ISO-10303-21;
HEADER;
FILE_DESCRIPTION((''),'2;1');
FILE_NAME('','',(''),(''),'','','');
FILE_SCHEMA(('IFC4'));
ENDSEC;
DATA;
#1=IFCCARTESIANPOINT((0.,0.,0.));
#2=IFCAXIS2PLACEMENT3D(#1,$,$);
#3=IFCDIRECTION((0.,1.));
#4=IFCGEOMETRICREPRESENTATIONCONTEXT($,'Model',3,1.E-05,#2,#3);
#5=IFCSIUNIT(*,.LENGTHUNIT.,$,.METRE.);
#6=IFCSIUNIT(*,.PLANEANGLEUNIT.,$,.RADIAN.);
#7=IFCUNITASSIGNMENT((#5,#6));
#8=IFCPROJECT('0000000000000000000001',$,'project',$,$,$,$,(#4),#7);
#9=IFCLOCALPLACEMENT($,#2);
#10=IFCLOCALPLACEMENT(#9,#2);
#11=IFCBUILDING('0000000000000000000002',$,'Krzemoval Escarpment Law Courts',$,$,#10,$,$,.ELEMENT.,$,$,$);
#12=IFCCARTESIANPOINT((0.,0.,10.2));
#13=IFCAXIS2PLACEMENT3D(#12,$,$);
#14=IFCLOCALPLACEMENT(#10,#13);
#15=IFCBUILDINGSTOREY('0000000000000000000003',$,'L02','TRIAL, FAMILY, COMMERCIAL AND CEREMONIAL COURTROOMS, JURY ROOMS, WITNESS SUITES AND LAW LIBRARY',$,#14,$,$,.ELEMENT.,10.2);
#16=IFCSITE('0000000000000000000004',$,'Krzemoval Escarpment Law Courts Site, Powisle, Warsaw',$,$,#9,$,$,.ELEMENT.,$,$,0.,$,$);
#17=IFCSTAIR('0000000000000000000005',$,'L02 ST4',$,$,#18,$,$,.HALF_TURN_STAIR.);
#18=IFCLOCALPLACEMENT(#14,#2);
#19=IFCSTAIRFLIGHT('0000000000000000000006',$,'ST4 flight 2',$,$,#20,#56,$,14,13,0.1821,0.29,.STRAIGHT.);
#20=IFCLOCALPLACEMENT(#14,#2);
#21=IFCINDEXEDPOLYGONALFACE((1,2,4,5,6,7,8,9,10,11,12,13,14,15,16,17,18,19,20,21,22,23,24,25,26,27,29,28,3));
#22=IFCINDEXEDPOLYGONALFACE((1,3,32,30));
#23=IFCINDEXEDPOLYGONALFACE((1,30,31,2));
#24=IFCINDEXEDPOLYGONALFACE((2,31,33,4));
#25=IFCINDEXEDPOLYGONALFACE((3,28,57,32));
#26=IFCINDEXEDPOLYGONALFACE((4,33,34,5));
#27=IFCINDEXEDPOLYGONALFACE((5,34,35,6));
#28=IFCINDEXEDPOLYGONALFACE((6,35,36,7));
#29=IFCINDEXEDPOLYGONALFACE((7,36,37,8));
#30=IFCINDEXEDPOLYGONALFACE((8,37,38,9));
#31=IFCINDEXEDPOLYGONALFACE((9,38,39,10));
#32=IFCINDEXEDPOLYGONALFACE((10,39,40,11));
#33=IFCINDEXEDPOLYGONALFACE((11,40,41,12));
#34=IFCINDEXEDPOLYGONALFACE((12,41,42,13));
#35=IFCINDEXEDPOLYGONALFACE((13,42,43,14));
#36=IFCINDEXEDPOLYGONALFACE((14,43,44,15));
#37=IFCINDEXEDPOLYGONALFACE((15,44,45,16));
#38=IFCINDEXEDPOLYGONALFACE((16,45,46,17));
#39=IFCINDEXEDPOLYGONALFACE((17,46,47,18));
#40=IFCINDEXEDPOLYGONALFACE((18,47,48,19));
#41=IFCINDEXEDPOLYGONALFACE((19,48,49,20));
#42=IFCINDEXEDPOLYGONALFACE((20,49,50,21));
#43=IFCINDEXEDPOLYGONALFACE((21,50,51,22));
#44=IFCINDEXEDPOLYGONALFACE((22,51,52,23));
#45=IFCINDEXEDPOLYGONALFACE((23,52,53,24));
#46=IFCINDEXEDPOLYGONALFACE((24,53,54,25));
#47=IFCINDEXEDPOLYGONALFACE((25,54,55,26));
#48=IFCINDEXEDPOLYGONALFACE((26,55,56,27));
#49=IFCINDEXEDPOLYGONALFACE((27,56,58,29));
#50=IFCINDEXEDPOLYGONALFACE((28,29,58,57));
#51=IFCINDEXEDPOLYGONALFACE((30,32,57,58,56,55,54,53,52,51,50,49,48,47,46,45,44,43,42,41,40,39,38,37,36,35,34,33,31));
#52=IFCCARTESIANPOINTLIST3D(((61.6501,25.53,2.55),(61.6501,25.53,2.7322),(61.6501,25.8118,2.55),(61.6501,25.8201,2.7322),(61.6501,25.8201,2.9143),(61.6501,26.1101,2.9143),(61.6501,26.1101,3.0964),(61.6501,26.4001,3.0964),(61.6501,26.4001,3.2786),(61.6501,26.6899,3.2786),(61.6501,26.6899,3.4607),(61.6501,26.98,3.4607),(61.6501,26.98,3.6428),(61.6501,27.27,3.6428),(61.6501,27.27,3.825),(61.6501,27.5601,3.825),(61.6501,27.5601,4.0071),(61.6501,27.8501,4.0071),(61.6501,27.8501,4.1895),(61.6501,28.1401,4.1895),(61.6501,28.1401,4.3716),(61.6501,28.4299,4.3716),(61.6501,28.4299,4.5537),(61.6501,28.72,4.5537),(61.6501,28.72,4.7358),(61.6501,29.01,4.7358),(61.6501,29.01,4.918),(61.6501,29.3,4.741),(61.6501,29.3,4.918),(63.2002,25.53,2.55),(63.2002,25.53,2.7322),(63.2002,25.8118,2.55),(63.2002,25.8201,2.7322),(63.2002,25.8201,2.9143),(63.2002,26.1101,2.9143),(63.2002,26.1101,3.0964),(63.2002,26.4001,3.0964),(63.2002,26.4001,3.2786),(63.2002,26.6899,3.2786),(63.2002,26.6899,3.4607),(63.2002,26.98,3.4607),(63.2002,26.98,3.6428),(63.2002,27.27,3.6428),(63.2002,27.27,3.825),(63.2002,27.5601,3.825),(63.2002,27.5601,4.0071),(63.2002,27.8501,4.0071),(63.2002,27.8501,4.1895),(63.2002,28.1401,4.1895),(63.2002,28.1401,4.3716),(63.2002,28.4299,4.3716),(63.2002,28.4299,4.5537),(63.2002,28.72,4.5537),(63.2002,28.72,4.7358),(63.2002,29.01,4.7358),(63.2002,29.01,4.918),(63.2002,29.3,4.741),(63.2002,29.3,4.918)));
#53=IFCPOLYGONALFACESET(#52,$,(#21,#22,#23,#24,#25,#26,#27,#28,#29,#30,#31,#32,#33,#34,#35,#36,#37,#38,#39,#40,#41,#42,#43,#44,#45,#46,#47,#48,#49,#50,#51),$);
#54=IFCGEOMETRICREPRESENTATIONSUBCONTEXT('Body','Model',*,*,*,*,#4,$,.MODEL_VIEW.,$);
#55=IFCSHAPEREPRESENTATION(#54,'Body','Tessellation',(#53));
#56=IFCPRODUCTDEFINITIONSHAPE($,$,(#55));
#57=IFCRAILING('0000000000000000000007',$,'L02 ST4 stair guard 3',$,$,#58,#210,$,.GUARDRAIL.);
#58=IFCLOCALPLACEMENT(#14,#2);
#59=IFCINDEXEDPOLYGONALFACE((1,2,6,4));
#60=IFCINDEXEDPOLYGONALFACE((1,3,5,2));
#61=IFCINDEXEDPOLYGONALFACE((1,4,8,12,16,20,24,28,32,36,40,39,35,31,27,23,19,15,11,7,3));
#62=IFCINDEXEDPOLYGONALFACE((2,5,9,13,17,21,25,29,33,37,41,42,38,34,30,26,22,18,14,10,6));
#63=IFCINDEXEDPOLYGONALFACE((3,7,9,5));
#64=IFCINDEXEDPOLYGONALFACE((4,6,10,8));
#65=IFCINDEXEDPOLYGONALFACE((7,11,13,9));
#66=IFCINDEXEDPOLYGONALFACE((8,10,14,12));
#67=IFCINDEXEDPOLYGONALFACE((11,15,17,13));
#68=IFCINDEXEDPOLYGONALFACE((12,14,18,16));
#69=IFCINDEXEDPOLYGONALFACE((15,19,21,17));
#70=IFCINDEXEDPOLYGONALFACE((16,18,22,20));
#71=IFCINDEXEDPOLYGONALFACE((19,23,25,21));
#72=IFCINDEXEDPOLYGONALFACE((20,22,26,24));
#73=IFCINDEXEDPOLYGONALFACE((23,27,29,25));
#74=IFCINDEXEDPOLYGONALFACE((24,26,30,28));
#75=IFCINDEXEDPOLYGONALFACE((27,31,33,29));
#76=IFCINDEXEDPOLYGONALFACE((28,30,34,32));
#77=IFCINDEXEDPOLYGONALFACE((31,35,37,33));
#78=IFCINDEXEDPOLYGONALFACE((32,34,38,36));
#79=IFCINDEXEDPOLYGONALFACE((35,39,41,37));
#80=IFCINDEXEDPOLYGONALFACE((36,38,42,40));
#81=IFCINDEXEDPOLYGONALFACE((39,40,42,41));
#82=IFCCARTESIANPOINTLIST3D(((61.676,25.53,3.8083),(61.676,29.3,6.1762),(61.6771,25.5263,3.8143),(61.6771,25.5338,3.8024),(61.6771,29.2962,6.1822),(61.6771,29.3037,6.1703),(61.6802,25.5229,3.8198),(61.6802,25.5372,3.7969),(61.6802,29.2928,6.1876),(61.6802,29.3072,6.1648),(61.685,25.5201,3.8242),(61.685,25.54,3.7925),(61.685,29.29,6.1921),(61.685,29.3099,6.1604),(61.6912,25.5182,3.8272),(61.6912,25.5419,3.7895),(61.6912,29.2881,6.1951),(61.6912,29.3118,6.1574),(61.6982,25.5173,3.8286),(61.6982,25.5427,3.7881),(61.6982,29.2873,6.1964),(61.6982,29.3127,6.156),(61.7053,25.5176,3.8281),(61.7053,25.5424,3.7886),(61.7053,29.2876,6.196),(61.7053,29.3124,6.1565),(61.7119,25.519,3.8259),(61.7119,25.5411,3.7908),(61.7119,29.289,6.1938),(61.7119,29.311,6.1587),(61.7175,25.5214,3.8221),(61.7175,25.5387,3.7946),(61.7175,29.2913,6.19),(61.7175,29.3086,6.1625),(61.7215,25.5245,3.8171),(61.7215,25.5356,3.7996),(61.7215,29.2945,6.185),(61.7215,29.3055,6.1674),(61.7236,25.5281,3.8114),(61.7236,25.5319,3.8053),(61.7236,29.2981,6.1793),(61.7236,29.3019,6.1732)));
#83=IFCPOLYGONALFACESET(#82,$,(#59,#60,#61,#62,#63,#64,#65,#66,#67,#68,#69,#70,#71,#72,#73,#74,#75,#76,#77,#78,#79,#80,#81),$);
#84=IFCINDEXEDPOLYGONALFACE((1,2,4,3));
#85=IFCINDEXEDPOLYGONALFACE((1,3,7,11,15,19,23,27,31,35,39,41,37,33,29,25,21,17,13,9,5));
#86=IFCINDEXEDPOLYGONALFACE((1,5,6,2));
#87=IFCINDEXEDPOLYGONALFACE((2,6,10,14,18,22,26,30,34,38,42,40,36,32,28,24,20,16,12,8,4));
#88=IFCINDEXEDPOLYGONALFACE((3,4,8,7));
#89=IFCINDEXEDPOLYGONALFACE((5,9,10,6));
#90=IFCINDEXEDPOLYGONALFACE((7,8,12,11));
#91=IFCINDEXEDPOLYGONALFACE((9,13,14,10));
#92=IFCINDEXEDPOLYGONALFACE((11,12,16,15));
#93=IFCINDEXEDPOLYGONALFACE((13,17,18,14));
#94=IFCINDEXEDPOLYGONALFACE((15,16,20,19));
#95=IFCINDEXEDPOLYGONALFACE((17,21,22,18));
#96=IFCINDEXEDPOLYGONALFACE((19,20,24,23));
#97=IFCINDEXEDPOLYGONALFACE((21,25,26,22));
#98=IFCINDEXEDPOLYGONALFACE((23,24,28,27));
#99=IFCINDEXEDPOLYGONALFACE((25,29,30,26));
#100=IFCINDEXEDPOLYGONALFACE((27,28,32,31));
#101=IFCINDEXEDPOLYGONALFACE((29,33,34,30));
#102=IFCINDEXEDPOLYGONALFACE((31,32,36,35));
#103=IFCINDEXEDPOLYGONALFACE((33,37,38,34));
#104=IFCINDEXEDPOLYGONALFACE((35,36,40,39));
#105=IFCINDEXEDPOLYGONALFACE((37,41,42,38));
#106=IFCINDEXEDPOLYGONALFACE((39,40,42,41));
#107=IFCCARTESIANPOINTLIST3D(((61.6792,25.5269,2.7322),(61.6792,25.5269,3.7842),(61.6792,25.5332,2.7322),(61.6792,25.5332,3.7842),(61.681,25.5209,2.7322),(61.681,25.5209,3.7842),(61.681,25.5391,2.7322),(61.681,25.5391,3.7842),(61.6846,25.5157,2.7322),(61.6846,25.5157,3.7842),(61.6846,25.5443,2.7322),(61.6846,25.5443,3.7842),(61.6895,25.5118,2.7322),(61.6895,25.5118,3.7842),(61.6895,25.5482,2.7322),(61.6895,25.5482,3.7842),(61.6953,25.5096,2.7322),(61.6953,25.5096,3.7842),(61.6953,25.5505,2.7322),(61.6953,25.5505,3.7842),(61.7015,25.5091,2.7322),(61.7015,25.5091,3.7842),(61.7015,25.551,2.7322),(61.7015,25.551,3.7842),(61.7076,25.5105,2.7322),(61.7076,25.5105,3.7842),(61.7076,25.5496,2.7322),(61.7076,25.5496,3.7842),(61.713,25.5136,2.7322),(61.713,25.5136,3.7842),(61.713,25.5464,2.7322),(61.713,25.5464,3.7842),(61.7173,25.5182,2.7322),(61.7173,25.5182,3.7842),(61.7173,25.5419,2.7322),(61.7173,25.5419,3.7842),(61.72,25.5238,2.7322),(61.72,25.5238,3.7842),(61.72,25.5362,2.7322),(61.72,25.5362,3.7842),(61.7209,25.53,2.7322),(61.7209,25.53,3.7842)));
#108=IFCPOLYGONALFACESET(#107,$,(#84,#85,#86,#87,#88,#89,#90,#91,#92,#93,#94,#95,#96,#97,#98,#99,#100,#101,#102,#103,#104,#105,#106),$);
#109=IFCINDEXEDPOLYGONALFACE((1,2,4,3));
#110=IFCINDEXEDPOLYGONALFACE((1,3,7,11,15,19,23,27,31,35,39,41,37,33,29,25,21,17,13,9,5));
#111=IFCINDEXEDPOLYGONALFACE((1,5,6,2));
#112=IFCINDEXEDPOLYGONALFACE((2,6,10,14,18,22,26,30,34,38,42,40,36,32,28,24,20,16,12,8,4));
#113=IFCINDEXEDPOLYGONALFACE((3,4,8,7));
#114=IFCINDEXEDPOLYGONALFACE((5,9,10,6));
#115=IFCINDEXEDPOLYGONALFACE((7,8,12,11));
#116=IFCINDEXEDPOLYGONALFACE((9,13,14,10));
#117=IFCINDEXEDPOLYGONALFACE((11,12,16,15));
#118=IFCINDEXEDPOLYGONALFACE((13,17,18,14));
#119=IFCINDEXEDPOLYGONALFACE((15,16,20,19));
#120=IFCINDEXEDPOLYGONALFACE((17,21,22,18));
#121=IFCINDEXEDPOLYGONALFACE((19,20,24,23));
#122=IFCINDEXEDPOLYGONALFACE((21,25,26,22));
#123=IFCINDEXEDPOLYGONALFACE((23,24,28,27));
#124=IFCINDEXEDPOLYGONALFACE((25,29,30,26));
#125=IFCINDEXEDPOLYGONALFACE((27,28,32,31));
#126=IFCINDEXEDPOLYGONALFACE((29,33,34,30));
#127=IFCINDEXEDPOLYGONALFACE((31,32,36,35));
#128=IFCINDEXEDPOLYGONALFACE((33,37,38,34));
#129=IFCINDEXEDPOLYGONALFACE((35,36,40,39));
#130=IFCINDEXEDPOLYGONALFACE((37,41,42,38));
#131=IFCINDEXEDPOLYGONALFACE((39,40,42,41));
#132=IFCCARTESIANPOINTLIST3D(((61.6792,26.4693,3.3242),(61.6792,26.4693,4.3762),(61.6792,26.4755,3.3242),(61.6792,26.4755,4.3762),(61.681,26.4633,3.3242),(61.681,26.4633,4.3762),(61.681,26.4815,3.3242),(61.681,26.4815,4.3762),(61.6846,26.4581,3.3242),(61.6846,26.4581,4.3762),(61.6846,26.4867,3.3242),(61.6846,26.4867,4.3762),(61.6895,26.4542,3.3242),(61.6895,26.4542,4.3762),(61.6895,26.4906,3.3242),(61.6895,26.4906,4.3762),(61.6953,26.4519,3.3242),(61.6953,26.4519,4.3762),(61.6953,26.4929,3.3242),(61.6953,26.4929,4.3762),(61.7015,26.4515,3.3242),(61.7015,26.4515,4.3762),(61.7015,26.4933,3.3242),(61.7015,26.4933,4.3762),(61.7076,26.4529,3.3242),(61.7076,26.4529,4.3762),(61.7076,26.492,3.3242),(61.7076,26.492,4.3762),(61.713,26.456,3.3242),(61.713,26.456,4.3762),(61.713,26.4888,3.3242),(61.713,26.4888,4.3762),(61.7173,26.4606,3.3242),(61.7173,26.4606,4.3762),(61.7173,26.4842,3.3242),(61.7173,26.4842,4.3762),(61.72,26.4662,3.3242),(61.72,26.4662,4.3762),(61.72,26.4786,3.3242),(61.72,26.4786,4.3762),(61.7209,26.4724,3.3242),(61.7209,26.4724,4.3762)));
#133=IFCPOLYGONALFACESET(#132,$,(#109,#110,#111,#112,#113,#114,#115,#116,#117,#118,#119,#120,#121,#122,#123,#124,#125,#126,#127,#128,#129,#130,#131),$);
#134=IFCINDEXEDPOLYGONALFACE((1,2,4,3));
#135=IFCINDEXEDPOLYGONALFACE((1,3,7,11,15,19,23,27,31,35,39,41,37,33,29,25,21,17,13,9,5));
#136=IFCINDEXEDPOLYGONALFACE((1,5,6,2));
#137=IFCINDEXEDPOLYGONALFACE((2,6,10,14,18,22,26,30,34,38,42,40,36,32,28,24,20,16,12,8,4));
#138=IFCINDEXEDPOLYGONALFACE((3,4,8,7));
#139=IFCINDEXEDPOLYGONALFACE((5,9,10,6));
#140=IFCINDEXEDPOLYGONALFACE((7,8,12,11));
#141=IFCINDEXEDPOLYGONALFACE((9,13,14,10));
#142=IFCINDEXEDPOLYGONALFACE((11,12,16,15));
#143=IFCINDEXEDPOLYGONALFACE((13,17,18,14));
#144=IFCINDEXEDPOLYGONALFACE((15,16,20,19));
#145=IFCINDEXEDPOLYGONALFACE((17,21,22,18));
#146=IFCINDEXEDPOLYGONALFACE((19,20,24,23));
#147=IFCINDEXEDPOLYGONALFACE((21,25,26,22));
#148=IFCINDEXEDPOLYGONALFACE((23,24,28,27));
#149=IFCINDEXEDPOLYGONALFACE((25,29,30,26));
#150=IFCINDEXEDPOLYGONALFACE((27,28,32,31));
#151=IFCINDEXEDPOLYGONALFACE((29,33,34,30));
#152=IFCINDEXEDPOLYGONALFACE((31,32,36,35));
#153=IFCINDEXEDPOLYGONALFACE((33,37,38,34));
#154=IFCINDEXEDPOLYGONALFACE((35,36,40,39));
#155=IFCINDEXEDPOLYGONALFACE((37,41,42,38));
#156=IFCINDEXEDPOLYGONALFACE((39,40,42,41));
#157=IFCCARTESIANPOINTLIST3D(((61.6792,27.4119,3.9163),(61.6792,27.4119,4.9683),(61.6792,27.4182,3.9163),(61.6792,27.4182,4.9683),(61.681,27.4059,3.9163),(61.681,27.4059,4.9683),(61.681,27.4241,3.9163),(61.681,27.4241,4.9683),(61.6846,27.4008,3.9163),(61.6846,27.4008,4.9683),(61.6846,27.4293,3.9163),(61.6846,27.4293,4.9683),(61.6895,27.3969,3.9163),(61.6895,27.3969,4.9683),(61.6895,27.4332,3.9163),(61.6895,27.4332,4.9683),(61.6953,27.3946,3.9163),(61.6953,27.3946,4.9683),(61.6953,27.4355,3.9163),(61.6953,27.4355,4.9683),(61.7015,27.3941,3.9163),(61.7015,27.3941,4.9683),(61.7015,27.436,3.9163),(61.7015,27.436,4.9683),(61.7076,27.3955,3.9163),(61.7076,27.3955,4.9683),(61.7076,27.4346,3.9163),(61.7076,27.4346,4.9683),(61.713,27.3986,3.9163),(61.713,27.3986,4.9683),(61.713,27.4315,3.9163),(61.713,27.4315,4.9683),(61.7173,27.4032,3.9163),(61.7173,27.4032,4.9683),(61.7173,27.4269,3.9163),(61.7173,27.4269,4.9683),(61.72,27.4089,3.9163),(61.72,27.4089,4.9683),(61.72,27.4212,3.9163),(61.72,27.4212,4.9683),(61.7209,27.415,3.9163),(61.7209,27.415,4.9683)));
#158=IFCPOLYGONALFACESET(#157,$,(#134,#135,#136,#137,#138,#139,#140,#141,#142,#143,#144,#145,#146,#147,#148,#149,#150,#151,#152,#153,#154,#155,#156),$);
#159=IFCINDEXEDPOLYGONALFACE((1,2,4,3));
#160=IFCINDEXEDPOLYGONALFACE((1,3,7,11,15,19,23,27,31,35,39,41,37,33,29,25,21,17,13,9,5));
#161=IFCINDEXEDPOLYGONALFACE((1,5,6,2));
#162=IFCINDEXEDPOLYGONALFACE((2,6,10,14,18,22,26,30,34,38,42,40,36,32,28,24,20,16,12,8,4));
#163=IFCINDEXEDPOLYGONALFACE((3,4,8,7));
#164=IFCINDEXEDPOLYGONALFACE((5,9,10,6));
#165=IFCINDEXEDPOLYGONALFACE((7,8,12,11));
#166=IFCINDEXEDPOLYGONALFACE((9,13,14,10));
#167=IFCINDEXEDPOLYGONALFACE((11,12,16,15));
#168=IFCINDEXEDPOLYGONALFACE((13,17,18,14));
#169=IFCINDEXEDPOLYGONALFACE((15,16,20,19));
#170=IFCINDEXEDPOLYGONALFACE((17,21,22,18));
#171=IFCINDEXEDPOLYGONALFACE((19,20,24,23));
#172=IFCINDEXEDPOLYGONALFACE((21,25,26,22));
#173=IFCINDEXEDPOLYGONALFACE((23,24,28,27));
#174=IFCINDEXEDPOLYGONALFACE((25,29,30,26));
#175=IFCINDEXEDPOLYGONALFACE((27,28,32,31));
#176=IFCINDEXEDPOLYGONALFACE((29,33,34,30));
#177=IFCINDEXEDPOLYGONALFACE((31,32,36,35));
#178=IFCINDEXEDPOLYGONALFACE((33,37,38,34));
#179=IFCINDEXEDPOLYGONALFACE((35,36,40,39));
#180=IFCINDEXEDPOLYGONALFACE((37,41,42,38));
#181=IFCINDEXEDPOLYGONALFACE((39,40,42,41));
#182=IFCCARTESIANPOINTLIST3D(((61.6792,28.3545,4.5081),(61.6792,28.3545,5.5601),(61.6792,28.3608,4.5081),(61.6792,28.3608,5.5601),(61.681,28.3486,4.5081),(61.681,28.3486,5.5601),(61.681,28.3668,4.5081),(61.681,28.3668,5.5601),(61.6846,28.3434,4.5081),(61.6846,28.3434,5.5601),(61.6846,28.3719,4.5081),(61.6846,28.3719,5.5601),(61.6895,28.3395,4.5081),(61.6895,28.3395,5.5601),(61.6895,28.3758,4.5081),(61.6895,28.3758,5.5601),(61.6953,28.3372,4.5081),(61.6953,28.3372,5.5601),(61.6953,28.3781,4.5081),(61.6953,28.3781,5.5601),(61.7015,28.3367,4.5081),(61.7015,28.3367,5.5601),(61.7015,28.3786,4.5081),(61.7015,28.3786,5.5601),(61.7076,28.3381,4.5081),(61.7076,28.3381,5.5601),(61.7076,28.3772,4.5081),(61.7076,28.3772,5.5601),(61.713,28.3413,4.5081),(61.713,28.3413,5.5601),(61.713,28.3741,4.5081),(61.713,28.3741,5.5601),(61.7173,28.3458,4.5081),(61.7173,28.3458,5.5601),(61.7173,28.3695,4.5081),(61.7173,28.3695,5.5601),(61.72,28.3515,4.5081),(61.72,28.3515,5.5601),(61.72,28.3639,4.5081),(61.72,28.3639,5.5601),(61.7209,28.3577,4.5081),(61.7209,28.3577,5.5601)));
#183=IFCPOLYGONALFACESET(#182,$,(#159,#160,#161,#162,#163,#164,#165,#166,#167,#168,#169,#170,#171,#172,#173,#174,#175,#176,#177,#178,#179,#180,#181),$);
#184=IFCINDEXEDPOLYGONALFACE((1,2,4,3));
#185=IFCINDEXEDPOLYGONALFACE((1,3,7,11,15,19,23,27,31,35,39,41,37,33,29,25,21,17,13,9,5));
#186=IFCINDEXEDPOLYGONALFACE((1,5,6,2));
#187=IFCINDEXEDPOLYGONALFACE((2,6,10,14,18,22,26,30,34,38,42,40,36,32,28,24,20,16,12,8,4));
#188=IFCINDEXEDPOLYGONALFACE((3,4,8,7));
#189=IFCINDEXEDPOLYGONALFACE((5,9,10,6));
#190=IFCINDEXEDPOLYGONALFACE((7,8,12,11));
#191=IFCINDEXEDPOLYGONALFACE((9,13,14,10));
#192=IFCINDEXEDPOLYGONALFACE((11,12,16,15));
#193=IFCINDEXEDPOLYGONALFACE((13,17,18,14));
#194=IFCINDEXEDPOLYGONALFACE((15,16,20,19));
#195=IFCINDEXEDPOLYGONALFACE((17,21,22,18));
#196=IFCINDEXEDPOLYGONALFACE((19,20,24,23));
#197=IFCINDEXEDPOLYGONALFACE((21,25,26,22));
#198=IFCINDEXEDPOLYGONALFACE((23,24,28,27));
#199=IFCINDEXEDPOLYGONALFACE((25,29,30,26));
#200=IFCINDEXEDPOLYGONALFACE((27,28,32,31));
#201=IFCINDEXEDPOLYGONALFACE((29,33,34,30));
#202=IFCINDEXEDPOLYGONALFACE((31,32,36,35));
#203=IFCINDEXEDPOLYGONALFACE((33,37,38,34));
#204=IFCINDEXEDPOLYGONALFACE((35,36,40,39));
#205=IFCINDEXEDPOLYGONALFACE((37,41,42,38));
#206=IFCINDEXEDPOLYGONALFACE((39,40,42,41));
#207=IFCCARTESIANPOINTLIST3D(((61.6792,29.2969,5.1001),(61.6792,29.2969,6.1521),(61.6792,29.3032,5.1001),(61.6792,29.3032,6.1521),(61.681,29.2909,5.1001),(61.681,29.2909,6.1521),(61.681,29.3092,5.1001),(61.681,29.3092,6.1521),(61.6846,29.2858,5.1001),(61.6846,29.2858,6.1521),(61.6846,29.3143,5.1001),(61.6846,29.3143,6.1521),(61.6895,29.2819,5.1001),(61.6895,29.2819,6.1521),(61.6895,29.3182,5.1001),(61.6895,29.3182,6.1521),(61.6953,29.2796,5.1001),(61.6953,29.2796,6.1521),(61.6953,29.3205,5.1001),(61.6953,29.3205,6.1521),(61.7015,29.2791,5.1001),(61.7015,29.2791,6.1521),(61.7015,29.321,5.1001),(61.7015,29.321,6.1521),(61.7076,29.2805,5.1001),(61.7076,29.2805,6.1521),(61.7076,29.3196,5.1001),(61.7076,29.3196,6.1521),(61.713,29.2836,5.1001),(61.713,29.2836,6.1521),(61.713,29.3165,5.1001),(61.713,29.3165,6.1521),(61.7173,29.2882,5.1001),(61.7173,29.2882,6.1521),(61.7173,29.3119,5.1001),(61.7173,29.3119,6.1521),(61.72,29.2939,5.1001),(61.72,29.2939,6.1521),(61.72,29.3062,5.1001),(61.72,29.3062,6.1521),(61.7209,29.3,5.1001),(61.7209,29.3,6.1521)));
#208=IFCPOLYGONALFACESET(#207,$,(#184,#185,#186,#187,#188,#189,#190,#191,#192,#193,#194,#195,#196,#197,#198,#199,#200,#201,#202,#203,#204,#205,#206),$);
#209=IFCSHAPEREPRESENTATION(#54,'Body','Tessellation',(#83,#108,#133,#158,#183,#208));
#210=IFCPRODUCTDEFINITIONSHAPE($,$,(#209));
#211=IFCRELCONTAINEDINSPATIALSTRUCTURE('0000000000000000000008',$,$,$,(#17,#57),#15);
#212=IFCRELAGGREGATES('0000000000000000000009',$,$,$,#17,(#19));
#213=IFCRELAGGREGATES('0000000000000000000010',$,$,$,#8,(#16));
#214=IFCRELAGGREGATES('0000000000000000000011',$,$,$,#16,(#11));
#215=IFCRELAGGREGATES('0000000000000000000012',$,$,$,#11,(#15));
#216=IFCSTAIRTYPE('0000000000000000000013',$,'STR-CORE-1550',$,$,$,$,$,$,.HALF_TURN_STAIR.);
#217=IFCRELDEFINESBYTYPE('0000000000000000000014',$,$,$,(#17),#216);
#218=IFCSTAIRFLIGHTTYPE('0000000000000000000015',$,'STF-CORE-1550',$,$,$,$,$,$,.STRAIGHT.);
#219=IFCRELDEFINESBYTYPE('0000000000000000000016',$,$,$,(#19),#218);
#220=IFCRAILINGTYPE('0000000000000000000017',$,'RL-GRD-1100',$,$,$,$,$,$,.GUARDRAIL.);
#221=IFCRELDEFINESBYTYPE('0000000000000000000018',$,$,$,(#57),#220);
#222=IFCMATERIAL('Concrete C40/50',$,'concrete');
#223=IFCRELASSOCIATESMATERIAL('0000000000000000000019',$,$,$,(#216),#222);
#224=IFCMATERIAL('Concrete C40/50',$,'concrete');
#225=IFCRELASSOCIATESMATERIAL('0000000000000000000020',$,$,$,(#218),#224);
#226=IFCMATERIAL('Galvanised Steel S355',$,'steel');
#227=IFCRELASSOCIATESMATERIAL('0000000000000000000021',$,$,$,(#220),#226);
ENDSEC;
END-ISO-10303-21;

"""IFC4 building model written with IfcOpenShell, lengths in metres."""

from ifc_helpers import new_model, si_unit, direction, frame, origin, origin_2d, place, context, subcontext, project, spatial, polyline, circle, outline, extrude, material, type_object, element, aggregate, save


model = new_model("IFC4")

# Units and contexts
model_context = context("Model", 3, precision=1e-05, world=origin(), true_north=direction((0.0, 1.0)))
body_context = subcontext(model_context, "Body", "Model", "MODEL_VIEW")
ifc_project = project(units=[si_unit("LENGTHUNIT", "METRE"), si_unit("PLANEANGLEUNIT", "RADIAN")], contexts=[model_context])

# Site, building, storey
site_placement = place(None, origin())
site = spatial("IfcSite", under=ifc_project, at=site_placement, Name="Krzemoval Escarpment Law Courts Site, Powisle, Warsaw", CompositionType="ELEMENT", RefElevation=0.0)
building_placement = place(site_placement, origin())
building = spatial("IfcBuilding", under=site, at=building_placement, Name="Krzemoval Escarpment Law Courts", CompositionType="ELEMENT")
storey_placement = place(building_placement, frame((0.0, 0.0, 10.2)))
storey = spatial("IfcBuildingStorey", under=building, at=storey_placement, Name="L02", Description="TRIAL, FAMILY, COMMERCIAL AND CEREMONIAL COURTROOMS, JURY ROOMS, WITNESS SUITES AND LAW LIBRARY", CompositionType="ELEMENT", Elevation=10.2)

# Stair, stair flight
ifc_material_1 = material(Name="Concrete C40/50", Category="concrete")
stair_type = type_object("IfcStairType", Name="STR-CORE-1550", PredefinedType="HALF_TURN_STAIR", material=ifc_material_1)
stair_placement = place(storey_placement, origin())
stair = element("IfcStair", 1, at=stair_placement, inside=storey, type_object=stair_type, Name="L02 ST4", PredefinedType="HALF_TURN_STAIR")
ifc_material_2 = material(Name="Concrete C40/50", Category="concrete")
stair_flight_type = type_object("IfcStairFlightType", Name="STF-CORE-1550", PredefinedType="STRAIGHT", material=ifc_material_2)
stair_flight_placement = place(storey_placement, frame((62.425, 25.53, 2.55), z_axis=(0.0, 0.0, 1.0), x_axis=(0.0, 1.0, 0.0)))
stair_flight = element("IfcStairFlight", 2, at=stair_flight_placement, type_object=stair_flight_type, Name="ST4 flight 2", NumberOfRisers=14, NumberOfTreads=13, PredefinedType="STRAIGHT", RiserHeight=0.1821, TreadLength=0.29, context=body_context, shape_type="SweptSolid", body=[
    extrude(outline(polyline([(0.0, 0.0), (0.0, 0.1821), (0.29, 0.1821), (0.29, 0.3643), (0.5801, 0.3643), (0.5801, 0.5464), (0.8701, 0.5464), (0.8701, 0.7285), (1.1599, 0.7285), (1.1599, 0.9106), (1.45, 0.9106), (1.45, 1.0928), (1.74, 1.0928), (1.74, 1.2749), (2.03, 1.2749), (2.03, 1.457), (2.3201, 1.457), (2.3201, 1.6394), (2.6101, 1.6394), (2.6101, 1.8215), (2.8999, 1.8215), (2.8999, 2.0037), (3.1899, 2.0037), (3.1899, 2.1858), (3.48, 2.1858), (3.48, 2.3679), (3.77, 2.3679), (3.77, 2.55), (3.77, 2.1909), (0.2817, 0.0), (0.0, 0.0)])), frame((0.0, 0.7749, 0.0), z_axis=(0.0, -1.0, 0.0), x_axis=(1.0, 0.0, 0.0)), (0.0, 0.0, 1.0), 1.55),
])
aggregate(stair, [stair_flight])

# Railing
ifc_material_3 = material(Name="Galvanised Steel S355", Category="steel")
railing_type_1 = type_object("IfcRailingType", Name="RL-GRD-1100", PredefinedType="GUARDRAIL", material=ifc_material_3)
railing_1_placement = place(storey_placement, frame((61.7, 25.53, 2.7322)))
element("IfcRailing", 3, at=railing_1_placement, inside=storey, type_object=railing_type_1, Name="L02 ST4 stair guard 3", PredefinedType="GUARDRAIL", context=body_context, shape_type="SweptSolid", body=[
    extrude(circle(Radius=0.0239, at=origin_2d()), frame((0.0, 0.0, 1.0762), z_axis=(0.0, 0.846819, 0.531881), x_axis=(-1.0, 0.0, 0.0)), (0.0, 0.0, 1.0), 4.4519),
    extrude(circle(Radius=0.021, at=origin_2d()), origin(), (0.0, 0.0, 1.0), 1.052),
    extrude(circle(Radius=0.021, at=origin_2d()), frame((0.0, 0.9424, 0.592)), (0.0, 0.0, 1.0), 1.052),
    extrude(circle(Radius=0.021, at=origin_2d()), frame((0.0, 1.885, 1.1841)), (0.0, 0.0, 1.0), 1.052),
    extrude(circle(Radius=0.021, at=origin_2d()), frame((0.0, 2.8276, 1.7759)), (0.0, 0.0, 1.0), 1.052),
    extrude(circle(Radius=0.021, at=origin_2d()), frame((0.0, 3.77, 2.3679)), (0.0, 0.0, 1.0), 1.052),
])

save(model, "model.ifc")
